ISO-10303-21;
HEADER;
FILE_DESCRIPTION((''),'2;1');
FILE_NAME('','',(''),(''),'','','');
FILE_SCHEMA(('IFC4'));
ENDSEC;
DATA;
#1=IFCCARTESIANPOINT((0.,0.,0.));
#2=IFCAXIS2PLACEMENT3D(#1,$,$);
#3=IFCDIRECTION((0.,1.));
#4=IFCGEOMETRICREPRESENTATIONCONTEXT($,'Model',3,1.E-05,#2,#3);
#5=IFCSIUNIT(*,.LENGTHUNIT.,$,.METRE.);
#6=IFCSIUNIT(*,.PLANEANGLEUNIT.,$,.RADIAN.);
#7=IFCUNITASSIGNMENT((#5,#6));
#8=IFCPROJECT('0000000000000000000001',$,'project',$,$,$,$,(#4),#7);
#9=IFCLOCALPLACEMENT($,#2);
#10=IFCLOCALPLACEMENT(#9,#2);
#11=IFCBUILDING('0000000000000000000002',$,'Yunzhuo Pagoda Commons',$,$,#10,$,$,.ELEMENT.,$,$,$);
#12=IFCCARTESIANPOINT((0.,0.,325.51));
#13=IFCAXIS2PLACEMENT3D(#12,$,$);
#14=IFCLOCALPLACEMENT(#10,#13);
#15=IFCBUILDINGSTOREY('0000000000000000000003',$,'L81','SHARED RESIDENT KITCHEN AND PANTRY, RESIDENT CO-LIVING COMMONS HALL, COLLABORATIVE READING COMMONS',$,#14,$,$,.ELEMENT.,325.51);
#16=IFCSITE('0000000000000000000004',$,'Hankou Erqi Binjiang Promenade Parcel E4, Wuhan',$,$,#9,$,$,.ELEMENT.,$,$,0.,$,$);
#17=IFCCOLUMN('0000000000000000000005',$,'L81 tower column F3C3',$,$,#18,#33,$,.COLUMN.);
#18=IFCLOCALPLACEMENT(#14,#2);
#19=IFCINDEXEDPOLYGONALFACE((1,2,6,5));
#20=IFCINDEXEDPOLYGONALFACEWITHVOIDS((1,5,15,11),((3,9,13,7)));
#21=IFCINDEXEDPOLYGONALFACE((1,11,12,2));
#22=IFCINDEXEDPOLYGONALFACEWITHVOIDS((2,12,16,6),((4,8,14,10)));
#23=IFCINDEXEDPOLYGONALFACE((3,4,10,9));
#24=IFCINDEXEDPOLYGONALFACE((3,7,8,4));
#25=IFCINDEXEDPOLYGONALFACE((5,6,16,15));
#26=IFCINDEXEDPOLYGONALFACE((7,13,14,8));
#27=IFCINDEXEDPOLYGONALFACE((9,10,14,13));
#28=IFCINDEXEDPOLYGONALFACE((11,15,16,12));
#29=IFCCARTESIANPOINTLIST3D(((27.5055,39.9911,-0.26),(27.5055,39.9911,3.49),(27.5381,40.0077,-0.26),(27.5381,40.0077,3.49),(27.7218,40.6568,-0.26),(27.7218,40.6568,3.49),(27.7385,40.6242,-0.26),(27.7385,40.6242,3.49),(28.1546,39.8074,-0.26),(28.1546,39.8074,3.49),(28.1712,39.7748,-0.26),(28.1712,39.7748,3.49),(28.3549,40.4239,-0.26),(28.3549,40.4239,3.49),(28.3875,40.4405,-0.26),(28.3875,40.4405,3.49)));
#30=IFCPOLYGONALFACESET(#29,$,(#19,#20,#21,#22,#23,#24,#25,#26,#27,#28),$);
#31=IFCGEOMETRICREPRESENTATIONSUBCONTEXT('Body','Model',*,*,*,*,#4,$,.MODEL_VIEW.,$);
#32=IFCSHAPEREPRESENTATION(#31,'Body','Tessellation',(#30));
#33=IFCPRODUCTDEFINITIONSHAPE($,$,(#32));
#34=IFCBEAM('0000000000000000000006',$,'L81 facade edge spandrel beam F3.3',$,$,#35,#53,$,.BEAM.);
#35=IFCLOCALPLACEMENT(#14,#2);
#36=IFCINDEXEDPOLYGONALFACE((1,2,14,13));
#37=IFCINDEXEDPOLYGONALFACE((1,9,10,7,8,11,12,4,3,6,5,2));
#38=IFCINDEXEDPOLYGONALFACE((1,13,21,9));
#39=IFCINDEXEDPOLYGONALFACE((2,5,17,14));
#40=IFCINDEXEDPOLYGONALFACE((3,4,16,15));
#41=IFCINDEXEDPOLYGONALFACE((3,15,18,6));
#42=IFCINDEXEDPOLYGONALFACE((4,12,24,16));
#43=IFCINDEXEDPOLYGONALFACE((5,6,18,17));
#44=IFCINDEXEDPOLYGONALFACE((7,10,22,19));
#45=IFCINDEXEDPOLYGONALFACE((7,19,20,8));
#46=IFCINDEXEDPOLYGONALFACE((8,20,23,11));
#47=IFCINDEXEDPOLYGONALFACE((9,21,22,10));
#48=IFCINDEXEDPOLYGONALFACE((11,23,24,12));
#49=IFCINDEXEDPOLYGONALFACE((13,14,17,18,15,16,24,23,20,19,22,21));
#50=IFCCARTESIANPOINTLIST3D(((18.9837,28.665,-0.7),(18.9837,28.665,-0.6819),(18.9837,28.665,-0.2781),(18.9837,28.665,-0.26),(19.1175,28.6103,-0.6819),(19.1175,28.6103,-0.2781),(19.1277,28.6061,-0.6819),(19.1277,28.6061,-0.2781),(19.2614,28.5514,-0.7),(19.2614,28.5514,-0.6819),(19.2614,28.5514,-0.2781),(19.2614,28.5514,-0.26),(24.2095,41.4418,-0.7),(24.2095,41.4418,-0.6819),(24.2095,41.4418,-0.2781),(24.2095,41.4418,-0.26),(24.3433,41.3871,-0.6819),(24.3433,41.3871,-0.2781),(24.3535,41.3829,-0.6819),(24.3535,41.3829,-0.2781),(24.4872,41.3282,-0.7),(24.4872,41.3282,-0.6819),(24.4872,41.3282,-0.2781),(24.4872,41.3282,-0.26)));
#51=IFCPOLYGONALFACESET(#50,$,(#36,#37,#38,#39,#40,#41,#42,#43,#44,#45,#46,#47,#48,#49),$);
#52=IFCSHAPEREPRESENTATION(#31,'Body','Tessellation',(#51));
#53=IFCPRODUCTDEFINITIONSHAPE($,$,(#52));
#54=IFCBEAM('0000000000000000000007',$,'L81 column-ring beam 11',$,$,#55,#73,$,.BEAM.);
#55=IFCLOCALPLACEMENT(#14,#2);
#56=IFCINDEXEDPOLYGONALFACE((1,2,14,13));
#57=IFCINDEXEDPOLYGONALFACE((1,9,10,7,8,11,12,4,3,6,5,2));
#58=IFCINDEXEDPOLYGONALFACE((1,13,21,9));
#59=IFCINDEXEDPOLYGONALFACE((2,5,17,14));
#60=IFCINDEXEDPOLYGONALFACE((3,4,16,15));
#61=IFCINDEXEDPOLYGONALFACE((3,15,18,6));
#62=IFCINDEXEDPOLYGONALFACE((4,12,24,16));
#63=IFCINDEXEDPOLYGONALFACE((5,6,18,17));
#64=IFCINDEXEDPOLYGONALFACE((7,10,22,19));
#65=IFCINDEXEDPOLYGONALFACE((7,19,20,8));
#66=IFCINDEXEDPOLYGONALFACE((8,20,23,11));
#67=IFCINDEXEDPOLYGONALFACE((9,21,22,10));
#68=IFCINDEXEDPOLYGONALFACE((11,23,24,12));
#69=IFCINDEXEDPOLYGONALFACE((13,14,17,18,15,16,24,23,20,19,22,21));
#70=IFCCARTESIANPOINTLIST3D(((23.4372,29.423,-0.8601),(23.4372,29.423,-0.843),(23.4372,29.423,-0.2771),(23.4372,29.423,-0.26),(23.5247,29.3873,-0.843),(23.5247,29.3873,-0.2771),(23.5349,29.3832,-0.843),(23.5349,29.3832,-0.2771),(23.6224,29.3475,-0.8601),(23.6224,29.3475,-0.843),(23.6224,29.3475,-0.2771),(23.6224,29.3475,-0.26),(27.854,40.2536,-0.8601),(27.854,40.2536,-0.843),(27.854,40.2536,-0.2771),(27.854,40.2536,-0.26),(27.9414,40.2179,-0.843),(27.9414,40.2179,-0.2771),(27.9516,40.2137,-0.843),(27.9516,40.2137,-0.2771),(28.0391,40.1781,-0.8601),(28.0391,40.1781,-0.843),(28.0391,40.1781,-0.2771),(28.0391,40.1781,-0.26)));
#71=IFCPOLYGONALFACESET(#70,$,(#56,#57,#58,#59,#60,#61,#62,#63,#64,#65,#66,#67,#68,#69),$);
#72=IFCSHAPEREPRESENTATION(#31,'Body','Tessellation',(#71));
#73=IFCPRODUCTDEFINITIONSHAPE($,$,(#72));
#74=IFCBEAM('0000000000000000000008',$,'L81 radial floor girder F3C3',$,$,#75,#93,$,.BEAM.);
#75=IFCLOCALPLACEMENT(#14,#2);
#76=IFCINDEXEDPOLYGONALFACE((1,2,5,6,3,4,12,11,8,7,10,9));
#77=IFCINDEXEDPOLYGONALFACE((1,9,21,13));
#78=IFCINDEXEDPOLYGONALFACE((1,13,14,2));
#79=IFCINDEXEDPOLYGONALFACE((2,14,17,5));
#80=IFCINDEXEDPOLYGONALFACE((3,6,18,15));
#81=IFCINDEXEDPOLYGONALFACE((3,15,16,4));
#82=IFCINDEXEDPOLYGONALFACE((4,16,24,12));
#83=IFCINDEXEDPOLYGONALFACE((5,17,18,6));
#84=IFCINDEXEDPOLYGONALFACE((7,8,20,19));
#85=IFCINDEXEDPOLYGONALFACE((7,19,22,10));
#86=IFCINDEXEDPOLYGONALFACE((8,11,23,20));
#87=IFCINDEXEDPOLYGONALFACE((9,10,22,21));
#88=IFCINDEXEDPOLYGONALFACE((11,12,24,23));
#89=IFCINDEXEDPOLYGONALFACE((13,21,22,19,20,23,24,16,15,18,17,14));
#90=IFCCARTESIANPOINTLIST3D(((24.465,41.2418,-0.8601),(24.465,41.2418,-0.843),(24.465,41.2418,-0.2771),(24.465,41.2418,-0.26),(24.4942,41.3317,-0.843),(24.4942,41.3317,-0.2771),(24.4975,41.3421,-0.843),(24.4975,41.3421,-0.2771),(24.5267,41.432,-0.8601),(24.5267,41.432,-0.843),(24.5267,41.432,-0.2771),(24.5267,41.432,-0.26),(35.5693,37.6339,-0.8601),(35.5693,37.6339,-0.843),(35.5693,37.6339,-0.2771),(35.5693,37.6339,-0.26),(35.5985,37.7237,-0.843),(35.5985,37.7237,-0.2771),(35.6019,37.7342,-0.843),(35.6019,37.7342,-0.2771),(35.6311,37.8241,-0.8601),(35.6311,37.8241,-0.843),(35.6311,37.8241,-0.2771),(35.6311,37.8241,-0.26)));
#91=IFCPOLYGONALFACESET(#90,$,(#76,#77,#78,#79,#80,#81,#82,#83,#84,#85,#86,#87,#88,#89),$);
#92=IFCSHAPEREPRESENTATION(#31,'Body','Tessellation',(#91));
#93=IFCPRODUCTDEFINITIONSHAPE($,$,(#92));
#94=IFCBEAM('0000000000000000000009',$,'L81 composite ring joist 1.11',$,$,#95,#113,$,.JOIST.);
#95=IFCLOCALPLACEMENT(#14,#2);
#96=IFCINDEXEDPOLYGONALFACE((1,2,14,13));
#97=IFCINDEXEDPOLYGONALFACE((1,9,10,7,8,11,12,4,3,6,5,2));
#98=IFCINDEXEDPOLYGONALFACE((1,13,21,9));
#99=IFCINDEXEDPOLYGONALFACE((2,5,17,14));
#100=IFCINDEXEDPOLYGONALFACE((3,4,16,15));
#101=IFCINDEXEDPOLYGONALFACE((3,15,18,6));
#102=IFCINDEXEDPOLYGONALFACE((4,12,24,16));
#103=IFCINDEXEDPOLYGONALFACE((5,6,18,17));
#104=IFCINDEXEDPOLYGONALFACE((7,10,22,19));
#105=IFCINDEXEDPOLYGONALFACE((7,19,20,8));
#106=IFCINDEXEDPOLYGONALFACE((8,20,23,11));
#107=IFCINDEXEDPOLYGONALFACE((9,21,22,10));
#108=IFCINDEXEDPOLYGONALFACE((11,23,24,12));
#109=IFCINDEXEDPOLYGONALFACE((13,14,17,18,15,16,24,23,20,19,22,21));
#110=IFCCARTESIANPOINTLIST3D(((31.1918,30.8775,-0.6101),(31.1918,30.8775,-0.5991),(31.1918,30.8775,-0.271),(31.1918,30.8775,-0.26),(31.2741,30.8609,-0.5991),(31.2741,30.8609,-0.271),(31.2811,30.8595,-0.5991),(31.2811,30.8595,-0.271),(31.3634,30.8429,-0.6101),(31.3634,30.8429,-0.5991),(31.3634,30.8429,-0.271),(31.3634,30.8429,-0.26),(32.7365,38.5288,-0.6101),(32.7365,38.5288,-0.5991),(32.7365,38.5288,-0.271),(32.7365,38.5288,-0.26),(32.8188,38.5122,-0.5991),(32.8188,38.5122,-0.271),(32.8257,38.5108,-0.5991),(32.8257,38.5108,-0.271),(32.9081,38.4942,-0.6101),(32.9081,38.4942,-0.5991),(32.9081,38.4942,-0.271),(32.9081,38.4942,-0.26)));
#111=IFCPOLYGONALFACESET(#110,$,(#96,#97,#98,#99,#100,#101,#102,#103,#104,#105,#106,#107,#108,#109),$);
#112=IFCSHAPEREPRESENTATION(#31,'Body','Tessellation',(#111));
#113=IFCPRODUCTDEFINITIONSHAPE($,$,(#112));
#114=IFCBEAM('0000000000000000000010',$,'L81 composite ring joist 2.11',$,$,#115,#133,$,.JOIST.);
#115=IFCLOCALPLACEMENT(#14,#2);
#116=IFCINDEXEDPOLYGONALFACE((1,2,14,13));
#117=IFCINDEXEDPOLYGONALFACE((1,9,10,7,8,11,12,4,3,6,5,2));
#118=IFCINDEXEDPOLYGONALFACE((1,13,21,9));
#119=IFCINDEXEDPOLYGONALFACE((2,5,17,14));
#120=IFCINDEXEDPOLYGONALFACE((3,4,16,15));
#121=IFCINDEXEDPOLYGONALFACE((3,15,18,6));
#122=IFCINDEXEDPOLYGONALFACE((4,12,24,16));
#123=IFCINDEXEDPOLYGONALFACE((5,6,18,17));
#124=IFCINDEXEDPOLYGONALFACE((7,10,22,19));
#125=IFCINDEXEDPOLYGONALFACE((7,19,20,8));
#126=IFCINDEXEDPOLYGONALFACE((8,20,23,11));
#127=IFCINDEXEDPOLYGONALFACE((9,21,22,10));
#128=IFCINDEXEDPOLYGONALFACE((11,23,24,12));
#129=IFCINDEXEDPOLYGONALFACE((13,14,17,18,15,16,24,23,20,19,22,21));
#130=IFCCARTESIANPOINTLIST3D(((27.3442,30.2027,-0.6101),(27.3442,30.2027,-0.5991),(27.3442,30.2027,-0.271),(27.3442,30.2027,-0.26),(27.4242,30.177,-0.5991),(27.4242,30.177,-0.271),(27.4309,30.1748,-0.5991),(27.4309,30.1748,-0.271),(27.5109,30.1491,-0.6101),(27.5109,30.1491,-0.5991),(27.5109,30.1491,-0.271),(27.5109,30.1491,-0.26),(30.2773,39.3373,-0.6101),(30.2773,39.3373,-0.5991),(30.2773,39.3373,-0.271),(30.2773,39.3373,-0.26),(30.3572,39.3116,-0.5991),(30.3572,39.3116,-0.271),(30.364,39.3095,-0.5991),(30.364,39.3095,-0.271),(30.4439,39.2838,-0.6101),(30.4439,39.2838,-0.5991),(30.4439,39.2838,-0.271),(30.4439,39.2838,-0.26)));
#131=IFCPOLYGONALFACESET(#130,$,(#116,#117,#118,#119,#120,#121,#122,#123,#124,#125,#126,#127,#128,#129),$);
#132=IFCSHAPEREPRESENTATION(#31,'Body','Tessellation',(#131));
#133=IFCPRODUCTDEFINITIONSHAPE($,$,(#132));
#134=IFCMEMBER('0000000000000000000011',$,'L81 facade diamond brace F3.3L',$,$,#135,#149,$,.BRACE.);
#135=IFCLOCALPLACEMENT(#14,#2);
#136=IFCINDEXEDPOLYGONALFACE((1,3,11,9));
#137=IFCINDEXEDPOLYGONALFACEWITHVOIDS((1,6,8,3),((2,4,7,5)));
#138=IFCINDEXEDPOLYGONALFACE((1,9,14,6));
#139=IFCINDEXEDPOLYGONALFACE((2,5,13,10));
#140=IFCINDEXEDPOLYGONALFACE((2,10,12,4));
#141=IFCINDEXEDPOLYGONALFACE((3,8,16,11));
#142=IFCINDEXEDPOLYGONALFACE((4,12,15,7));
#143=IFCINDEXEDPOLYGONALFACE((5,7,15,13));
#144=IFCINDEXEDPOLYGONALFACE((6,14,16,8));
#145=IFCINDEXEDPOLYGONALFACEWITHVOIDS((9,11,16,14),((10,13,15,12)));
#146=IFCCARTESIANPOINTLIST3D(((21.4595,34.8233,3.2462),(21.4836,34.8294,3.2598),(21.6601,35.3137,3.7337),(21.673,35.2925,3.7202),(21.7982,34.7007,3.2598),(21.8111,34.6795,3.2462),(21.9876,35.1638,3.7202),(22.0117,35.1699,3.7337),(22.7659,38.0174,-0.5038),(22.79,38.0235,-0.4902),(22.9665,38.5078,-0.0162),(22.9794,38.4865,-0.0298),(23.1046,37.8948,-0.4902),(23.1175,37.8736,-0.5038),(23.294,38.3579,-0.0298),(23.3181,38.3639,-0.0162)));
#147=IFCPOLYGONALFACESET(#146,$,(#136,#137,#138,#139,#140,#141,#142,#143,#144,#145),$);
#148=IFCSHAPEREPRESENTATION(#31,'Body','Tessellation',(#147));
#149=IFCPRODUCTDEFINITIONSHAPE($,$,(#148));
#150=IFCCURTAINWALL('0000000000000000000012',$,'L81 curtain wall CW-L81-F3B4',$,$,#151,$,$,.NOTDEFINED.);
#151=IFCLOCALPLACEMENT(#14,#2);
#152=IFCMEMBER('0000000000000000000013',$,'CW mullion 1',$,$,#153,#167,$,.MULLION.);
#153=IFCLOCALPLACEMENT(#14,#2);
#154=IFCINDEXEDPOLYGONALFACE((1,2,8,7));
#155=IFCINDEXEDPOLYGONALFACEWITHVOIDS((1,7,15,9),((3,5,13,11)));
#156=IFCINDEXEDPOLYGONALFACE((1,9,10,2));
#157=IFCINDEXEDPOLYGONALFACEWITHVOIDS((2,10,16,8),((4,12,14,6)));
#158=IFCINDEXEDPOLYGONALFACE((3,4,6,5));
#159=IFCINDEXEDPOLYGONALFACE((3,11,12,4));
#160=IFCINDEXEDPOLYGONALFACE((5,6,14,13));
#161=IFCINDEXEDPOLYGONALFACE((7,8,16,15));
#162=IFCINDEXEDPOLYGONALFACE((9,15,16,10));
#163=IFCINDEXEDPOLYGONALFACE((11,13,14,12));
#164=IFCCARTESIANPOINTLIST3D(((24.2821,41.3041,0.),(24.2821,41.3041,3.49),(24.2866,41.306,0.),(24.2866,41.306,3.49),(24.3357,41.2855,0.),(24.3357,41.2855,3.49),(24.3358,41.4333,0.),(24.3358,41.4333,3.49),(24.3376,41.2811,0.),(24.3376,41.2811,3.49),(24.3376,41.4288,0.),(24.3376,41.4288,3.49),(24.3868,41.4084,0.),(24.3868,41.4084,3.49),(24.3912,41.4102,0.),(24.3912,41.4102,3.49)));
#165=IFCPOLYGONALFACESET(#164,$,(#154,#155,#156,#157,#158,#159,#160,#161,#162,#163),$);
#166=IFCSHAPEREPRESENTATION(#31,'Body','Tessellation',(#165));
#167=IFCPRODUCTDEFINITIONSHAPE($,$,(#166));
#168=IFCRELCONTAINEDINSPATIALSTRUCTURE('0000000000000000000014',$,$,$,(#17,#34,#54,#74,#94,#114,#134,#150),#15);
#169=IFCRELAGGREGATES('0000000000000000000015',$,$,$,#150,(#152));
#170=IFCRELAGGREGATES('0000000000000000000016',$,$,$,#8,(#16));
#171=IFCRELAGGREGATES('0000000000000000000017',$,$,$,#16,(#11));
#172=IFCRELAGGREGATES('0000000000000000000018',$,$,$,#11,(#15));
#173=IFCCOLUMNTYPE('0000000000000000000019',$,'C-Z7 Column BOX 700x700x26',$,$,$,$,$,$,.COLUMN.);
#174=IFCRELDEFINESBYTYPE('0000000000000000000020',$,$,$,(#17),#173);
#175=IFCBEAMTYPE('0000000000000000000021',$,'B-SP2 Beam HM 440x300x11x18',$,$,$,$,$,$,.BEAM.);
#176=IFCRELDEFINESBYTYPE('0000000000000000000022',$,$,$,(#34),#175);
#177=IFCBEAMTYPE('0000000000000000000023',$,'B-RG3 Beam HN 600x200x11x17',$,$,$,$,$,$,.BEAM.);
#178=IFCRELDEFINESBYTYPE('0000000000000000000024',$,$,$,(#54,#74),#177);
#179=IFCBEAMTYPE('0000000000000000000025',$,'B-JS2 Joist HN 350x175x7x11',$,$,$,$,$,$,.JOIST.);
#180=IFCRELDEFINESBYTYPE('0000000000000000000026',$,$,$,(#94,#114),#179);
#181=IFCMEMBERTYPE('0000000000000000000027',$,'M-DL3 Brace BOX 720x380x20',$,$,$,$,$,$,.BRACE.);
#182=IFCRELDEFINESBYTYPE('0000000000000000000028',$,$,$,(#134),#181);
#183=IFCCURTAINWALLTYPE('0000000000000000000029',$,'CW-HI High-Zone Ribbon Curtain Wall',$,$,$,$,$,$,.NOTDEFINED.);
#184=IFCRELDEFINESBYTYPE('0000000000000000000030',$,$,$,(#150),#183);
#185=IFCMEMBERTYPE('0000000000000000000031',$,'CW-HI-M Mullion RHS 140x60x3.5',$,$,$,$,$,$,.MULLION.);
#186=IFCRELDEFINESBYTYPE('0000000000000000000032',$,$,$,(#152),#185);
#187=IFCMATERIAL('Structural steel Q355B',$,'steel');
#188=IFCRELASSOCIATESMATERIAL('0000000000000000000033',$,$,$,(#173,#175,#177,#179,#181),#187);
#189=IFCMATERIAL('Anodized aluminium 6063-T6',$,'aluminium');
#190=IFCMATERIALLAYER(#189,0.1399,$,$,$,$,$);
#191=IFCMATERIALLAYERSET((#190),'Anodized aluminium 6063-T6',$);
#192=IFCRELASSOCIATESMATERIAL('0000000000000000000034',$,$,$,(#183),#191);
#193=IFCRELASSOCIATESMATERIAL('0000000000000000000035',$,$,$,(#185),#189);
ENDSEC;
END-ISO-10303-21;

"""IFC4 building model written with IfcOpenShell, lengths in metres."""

from ifc_helpers import new_model, si_unit, direction, frame, origin, origin_2d, place, context, subcontext, project, spatial, hollow_rectangle, i_section, extrude, source, transform, mapped, material, layer, layer_set, material_profile, profile_set, type_object, element, aggregate, save


model = new_model("IFC4")

# Units and contexts
model_context = context("Model", 3, precision=1e-05, world=origin(), true_north=direction((0.0, 1.0)))
body_context = subcontext(model_context, "Body", "Model", "MODEL_VIEW")
ifc_project = project(units=[si_unit("LENGTHUNIT", "METRE"), si_unit("PLANEANGLEUNIT", "RADIAN")], contexts=[model_context])

# Site, building, storey
site_placement = place(None, origin())
site = spatial("IfcSite", under=ifc_project, at=site_placement, Name="Hankou Erqi Binjiang Promenade Parcel E4, Wuhan", CompositionType="ELEMENT", RefElevation=0.0)
building_placement = place(site_placement, origin())
building = spatial("IfcBuilding", under=site, at=building_placement, Name="Yunzhuo Pagoda Commons", CompositionType="ELEMENT")
storey_placement = place(building_placement, frame((0.0, 0.0, 325.51)))
storey = spatial("IfcBuildingStorey", under=building, at=storey_placement, Name="L81", Description="SHARED RESIDENT KITCHEN AND PANTRY, RESIDENT CO-LIVING COMMONS HALL, COLLABORATIVE READING COMMONS", CompositionType="ELEMENT", Elevation=325.51)

# Column
ifc_material_1 = material(Name="Structural steel Q355B", Category="steel")
ifc_material_profile_1 = material_profile(ifc_material_1, hollow_rectangle(XDim=0.7, YDim=0.7, WallThickness=0.0259, at=origin_2d()), Name="Structural steel Q355B")
ifc_profile_set_1 = profile_set([ifc_material_profile_1], Name="Structural steel Q355B")
column_type = type_object("IfcColumnType", Name="C-Z7 Column BOX 700x700x26", PredefinedType="COLUMN", material=ifc_profile_set_1)
shared_shape_1 = source(origin(), body_context, "Body", "SweptSolid", [
    extrude(hollow_rectangle(XDim=0.7, YDim=0.7, WallThickness=0.0259, at=origin_2d()), origin(), (0.0, 0.0, 1.0), 3.75),
])
column_placement = place(storey_placement, frame((27.9465, 40.2158, -0.26), z_axis=(0.0, 0.0, 1.0), x_axis=(-0.309017, -0.951057, 0.0)))
element("IfcColumn", 1, at=column_placement, inside=storey, type_object=column_type, Name="L81 tower column F3C3", PredefinedType="COLUMN", context=body_context, shape_type="MappedRepresentation", body=[
    mapped(shared_shape_1, transform((0.0, 0.0, 0.0), scale=1.0)),
])

# Beams
ifc_material_profile_2 = material_profile(ifc_material_1, i_section(OverallWidth=0.3, OverallDepth=0.4399, WebThickness=0.011, FlangeThickness=0.0181, at=origin_2d()), Name="Structural steel Q355B")
ifc_profile_set_2 = profile_set([ifc_material_profile_2], Name="Structural steel Q355B")
beam_type_1 = type_object("IfcBeamType", Name="B-SP2 Beam HM 440x300x11x18", PredefinedType="BEAM", material=ifc_profile_set_2)
shared_shape_2 = source(origin(), body_context, "Body", "SweptSolid", [
    extrude(i_section(OverallWidth=0.3, OverallDepth=0.4399, WebThickness=0.011, FlangeThickness=0.0181, at=origin_2d()), origin(), (0.0, 0.0, 1.0), 13.8042),
])
beam_1_placement = place(storey_placement, frame((24.3484, 41.385, -0.48), z_axis=(-0.378567, -0.925574, 0.0), x_axis=(0.925574, -0.378567, 0.0)))
element("IfcBeam", 2, at=beam_1_placement, inside=storey, type_object=beam_type_1, Name="L81 facade edge spandrel beam F3.3", PredefinedType="BEAM", context=body_context, shape_type="MappedRepresentation", body=[
    mapped(shared_shape_2, transform((0.0, 0.0, 0.0), scale=1.0)),
])
ifc_material_profile_3 = material_profile(ifc_material_1, i_section(OverallWidth=0.2, OverallDepth=0.6001, WebThickness=0.011, FlangeThickness=0.0171, at=origin_2d()), Name="Structural steel Q355B")
ifc_profile_set_3 = profile_set([ifc_material_profile_3], Name="Structural steel Q355B")
beam_type_2 = type_object("IfcBeamType", Name="B-RG3 Beam HN 600x200x11x17", PredefinedType="BEAM", material=ifc_profile_set_3)
shared_shape_3 = source(origin(), body_context, "Body", "SweptSolid", [
    extrude(i_section(OverallWidth=0.2, OverallDepth=0.6001, WebThickness=0.011, FlangeThickness=0.0171, at=origin_2d()), origin(), (0.0, 0.0, 1.0), 11.6965),
])
beam_2_placement = place(storey_placement, frame((27.9465, 40.2158, -0.5601), z_axis=(-0.377612, -0.925964, 0.0), x_axis=(0.925964, -0.377612, 0.0)))
element("IfcBeam", 3, at=beam_2_placement, inside=storey, type_object=beam_type_2, Name="L81 column-ring beam 11", PredefinedType="BEAM", context=body_context, shape_type="MappedRepresentation", body=[
    mapped(shared_shape_3, transform((0.0, 0.0, 0.0), scale=1.0)),
])
shared_shape_4 = source(origin(), body_context, "Body", "SweptSolid", [
    extrude(i_section(OverallWidth=0.2, OverallDepth=0.6001, WebThickness=0.011, FlangeThickness=0.0171, at=origin_2d()), origin(), (0.0, 0.0, 1.0), 11.6758),
])
beam_3_placement = place(storey_placement, frame((24.4958, 41.3369, -0.5601), z_axis=(0.951058, -0.309011, 0.0), x_axis=(0.309011, 0.951058, 0.0)))
element("IfcBeam", 4, at=beam_3_placement, inside=storey, type_object=beam_type_2, Name="L81 radial floor girder F3C3", PredefinedType="BEAM", context=body_context, shape_type="MappedRepresentation", body=[
    mapped(shared_shape_4, transform((0.0, 0.0, 0.0), scale=1.0)),
])
ifc_material_profile_4 = material_profile(ifc_material_1, i_section(OverallWidth=0.175, OverallDepth=0.3501, WebThickness=0.0071, FlangeThickness=0.011, at=origin_2d()), Name="Structural steel Q355B")
ifc_profile_set_4 = profile_set([ifc_material_profile_4], Name="Structural steel Q355B")
beam_type_3 = type_object("IfcBeamType", Name="B-JS2 Joist HN 350x175x7x11", PredefinedType="JOIST", material=ifc_profile_set_4)
shared_shape_5 = source(origin(), body_context, "Body", "SweptSolid", [
    extrude(i_section(OverallWidth=0.175, OverallDepth=0.3501, WebThickness=0.0071, FlangeThickness=0.011, at=origin_2d()), origin(), (0.0, 0.0, 1.0), 7.8057),
])
beam_4_placement = place(storey_placement, frame((32.8223, 38.5115, -0.4351), z_axis=(-0.19789, -0.980224, 0.0), x_axis=(0.980224, -0.19789, 0.0)))
element("IfcBeam", 5, at=beam_4_placement, inside=storey, type_object=beam_type_3, Name="L81 composite ring joist 1.11", PredefinedType="JOIST", context=body_context, shape_type="MappedRepresentation", body=[
    mapped(shared_shape_5, transform((0.0, 0.0, 0.0), scale=1.0)),
])
shared_shape_6 = source(origin(), body_context, "Body", "SweptSolid", [
    extrude(i_section(OverallWidth=0.175, OverallDepth=0.3501, WebThickness=0.0071, FlangeThickness=0.011, at=origin_2d()), origin(), (0.0, 0.0, 1.0), 9.594),
])
beam_5_placement = place(storey_placement, frame((30.3606, 39.3105, -0.4351), z_axis=(-0.305719, -0.952122, 0.0), x_axis=(0.952122, -0.305719, 0.0)))
element("IfcBeam", 6, at=beam_5_placement, inside=storey, type_object=beam_type_3, Name="L81 composite ring joist 2.11", PredefinedType="JOIST", context=body_context, shape_type="MappedRepresentation", body=[
    mapped(shared_shape_6, transform((0.0, 0.0, 0.0), scale=1.0)),
])

# Member
ifc_material_profile_5 = material_profile(ifc_material_1, hollow_rectangle(XDim=0.3799, YDim=0.72, WallThickness=0.02, at=origin_2d()), Name="Structural steel Q355B")
ifc_profile_set_5 = profile_set([ifc_material_profile_5], Name="Structural steel Q355B")
member_type_1 = type_object("IfcMemberType", Name="M-DL3 Brace BOX 720x380x20", PredefinedType="BRACE", material=ifc_profile_set_5)
shared_shape_7 = source(origin(), body_context, "Body", "SweptSolid", [
    extrude(hollow_rectangle(XDim=0.3799, YDim=0.72, WallThickness=0.02, at=origin_2d()), origin(), (0.0, 0.0, 1.0), 5.0962),
])
member_1_placement = place(storey_placement, frame((23.042, 38.1907, -0.26), z_axis=(-0.256346, -0.626758, 0.73584), x_axis=(0.925575, -0.378564, 0.0)))
element("IfcMember", 7, at=member_1_placement, inside=storey, type_object=member_type_1, Name="L81 facade diamond brace F3.3L", PredefinedType="BRACE", context=body_context, shape_type="MappedRepresentation", body=[
    mapped(shared_shape_7, transform((0.0, 0.0, 0.0), scale=1.0)),
])

# Curtain wall, member
ifc_material_2 = material(Name="Anodized aluminium 6063-T6", Category="aluminium")
ifc_layer_1 = layer(ifc_material_2, 0.1399)
ifc_layer_set_1 = layer_set([ifc_layer_1], Name="Anodized aluminium 6063-T6")
curtain_wall_type = type_object("IfcCurtainWallType", Name="CW-HI High-Zone Ribbon Curtain Wall", PredefinedType="NOTDEFINED", material=ifc_layer_set_1)
curtain_wall_1_placement = place(storey_placement, origin())
curtain_wall_1 = element("IfcCurtainWall", 8, at=curtain_wall_1_placement, inside=storey, type_object=curtain_wall_type, Name="L81 curtain wall CW-L81-F3B4", PredefinedType="NOTDEFINED")
ifc_material_profile_6 = material_profile(ifc_material_2, hollow_rectangle(XDim=0.0601, YDim=0.1399, WallThickness=0.0034, at=origin_2d()), Name="Anodized aluminium 6063-T6")
ifc_profile_set_6 = profile_set([ifc_material_profile_6], Name="Anodized aluminium 6063-T6")
member_type_2 = type_object("IfcMemberType", Name="CW-HI-M Mullion RHS 140x60x3.5", PredefinedType="MULLION", material=ifc_profile_set_6)
shared_shape_8 = source(origin(), body_context, "Body", "SweptSolid", [
    extrude(hollow_rectangle(XDim=0.0601, YDim=0.1399, WallThickness=0.0034, at=origin_2d()), origin(), (0.0, 0.0, 1.0), 3.49),
])
member_2_placement = place(storey_placement, frame((24.3367, 41.3572, 0.0), z_axis=(0.0, 0.0, 1.0), x_axis=(0.923407, -0.383822, 0.0)))
member_2 = element("IfcMember", 9, at=member_2_placement, type_object=member_type_2, Name="CW mullion 1", PredefinedType="MULLION", context=body_context, shape_type="MappedRepresentation", body=[
    mapped(shared_shape_8, transform((0.0, 0.0, 0.0), scale=1.0)),
])

aggregate(curtain_wall_1, [member_2])

save(model, "model.ifc")
